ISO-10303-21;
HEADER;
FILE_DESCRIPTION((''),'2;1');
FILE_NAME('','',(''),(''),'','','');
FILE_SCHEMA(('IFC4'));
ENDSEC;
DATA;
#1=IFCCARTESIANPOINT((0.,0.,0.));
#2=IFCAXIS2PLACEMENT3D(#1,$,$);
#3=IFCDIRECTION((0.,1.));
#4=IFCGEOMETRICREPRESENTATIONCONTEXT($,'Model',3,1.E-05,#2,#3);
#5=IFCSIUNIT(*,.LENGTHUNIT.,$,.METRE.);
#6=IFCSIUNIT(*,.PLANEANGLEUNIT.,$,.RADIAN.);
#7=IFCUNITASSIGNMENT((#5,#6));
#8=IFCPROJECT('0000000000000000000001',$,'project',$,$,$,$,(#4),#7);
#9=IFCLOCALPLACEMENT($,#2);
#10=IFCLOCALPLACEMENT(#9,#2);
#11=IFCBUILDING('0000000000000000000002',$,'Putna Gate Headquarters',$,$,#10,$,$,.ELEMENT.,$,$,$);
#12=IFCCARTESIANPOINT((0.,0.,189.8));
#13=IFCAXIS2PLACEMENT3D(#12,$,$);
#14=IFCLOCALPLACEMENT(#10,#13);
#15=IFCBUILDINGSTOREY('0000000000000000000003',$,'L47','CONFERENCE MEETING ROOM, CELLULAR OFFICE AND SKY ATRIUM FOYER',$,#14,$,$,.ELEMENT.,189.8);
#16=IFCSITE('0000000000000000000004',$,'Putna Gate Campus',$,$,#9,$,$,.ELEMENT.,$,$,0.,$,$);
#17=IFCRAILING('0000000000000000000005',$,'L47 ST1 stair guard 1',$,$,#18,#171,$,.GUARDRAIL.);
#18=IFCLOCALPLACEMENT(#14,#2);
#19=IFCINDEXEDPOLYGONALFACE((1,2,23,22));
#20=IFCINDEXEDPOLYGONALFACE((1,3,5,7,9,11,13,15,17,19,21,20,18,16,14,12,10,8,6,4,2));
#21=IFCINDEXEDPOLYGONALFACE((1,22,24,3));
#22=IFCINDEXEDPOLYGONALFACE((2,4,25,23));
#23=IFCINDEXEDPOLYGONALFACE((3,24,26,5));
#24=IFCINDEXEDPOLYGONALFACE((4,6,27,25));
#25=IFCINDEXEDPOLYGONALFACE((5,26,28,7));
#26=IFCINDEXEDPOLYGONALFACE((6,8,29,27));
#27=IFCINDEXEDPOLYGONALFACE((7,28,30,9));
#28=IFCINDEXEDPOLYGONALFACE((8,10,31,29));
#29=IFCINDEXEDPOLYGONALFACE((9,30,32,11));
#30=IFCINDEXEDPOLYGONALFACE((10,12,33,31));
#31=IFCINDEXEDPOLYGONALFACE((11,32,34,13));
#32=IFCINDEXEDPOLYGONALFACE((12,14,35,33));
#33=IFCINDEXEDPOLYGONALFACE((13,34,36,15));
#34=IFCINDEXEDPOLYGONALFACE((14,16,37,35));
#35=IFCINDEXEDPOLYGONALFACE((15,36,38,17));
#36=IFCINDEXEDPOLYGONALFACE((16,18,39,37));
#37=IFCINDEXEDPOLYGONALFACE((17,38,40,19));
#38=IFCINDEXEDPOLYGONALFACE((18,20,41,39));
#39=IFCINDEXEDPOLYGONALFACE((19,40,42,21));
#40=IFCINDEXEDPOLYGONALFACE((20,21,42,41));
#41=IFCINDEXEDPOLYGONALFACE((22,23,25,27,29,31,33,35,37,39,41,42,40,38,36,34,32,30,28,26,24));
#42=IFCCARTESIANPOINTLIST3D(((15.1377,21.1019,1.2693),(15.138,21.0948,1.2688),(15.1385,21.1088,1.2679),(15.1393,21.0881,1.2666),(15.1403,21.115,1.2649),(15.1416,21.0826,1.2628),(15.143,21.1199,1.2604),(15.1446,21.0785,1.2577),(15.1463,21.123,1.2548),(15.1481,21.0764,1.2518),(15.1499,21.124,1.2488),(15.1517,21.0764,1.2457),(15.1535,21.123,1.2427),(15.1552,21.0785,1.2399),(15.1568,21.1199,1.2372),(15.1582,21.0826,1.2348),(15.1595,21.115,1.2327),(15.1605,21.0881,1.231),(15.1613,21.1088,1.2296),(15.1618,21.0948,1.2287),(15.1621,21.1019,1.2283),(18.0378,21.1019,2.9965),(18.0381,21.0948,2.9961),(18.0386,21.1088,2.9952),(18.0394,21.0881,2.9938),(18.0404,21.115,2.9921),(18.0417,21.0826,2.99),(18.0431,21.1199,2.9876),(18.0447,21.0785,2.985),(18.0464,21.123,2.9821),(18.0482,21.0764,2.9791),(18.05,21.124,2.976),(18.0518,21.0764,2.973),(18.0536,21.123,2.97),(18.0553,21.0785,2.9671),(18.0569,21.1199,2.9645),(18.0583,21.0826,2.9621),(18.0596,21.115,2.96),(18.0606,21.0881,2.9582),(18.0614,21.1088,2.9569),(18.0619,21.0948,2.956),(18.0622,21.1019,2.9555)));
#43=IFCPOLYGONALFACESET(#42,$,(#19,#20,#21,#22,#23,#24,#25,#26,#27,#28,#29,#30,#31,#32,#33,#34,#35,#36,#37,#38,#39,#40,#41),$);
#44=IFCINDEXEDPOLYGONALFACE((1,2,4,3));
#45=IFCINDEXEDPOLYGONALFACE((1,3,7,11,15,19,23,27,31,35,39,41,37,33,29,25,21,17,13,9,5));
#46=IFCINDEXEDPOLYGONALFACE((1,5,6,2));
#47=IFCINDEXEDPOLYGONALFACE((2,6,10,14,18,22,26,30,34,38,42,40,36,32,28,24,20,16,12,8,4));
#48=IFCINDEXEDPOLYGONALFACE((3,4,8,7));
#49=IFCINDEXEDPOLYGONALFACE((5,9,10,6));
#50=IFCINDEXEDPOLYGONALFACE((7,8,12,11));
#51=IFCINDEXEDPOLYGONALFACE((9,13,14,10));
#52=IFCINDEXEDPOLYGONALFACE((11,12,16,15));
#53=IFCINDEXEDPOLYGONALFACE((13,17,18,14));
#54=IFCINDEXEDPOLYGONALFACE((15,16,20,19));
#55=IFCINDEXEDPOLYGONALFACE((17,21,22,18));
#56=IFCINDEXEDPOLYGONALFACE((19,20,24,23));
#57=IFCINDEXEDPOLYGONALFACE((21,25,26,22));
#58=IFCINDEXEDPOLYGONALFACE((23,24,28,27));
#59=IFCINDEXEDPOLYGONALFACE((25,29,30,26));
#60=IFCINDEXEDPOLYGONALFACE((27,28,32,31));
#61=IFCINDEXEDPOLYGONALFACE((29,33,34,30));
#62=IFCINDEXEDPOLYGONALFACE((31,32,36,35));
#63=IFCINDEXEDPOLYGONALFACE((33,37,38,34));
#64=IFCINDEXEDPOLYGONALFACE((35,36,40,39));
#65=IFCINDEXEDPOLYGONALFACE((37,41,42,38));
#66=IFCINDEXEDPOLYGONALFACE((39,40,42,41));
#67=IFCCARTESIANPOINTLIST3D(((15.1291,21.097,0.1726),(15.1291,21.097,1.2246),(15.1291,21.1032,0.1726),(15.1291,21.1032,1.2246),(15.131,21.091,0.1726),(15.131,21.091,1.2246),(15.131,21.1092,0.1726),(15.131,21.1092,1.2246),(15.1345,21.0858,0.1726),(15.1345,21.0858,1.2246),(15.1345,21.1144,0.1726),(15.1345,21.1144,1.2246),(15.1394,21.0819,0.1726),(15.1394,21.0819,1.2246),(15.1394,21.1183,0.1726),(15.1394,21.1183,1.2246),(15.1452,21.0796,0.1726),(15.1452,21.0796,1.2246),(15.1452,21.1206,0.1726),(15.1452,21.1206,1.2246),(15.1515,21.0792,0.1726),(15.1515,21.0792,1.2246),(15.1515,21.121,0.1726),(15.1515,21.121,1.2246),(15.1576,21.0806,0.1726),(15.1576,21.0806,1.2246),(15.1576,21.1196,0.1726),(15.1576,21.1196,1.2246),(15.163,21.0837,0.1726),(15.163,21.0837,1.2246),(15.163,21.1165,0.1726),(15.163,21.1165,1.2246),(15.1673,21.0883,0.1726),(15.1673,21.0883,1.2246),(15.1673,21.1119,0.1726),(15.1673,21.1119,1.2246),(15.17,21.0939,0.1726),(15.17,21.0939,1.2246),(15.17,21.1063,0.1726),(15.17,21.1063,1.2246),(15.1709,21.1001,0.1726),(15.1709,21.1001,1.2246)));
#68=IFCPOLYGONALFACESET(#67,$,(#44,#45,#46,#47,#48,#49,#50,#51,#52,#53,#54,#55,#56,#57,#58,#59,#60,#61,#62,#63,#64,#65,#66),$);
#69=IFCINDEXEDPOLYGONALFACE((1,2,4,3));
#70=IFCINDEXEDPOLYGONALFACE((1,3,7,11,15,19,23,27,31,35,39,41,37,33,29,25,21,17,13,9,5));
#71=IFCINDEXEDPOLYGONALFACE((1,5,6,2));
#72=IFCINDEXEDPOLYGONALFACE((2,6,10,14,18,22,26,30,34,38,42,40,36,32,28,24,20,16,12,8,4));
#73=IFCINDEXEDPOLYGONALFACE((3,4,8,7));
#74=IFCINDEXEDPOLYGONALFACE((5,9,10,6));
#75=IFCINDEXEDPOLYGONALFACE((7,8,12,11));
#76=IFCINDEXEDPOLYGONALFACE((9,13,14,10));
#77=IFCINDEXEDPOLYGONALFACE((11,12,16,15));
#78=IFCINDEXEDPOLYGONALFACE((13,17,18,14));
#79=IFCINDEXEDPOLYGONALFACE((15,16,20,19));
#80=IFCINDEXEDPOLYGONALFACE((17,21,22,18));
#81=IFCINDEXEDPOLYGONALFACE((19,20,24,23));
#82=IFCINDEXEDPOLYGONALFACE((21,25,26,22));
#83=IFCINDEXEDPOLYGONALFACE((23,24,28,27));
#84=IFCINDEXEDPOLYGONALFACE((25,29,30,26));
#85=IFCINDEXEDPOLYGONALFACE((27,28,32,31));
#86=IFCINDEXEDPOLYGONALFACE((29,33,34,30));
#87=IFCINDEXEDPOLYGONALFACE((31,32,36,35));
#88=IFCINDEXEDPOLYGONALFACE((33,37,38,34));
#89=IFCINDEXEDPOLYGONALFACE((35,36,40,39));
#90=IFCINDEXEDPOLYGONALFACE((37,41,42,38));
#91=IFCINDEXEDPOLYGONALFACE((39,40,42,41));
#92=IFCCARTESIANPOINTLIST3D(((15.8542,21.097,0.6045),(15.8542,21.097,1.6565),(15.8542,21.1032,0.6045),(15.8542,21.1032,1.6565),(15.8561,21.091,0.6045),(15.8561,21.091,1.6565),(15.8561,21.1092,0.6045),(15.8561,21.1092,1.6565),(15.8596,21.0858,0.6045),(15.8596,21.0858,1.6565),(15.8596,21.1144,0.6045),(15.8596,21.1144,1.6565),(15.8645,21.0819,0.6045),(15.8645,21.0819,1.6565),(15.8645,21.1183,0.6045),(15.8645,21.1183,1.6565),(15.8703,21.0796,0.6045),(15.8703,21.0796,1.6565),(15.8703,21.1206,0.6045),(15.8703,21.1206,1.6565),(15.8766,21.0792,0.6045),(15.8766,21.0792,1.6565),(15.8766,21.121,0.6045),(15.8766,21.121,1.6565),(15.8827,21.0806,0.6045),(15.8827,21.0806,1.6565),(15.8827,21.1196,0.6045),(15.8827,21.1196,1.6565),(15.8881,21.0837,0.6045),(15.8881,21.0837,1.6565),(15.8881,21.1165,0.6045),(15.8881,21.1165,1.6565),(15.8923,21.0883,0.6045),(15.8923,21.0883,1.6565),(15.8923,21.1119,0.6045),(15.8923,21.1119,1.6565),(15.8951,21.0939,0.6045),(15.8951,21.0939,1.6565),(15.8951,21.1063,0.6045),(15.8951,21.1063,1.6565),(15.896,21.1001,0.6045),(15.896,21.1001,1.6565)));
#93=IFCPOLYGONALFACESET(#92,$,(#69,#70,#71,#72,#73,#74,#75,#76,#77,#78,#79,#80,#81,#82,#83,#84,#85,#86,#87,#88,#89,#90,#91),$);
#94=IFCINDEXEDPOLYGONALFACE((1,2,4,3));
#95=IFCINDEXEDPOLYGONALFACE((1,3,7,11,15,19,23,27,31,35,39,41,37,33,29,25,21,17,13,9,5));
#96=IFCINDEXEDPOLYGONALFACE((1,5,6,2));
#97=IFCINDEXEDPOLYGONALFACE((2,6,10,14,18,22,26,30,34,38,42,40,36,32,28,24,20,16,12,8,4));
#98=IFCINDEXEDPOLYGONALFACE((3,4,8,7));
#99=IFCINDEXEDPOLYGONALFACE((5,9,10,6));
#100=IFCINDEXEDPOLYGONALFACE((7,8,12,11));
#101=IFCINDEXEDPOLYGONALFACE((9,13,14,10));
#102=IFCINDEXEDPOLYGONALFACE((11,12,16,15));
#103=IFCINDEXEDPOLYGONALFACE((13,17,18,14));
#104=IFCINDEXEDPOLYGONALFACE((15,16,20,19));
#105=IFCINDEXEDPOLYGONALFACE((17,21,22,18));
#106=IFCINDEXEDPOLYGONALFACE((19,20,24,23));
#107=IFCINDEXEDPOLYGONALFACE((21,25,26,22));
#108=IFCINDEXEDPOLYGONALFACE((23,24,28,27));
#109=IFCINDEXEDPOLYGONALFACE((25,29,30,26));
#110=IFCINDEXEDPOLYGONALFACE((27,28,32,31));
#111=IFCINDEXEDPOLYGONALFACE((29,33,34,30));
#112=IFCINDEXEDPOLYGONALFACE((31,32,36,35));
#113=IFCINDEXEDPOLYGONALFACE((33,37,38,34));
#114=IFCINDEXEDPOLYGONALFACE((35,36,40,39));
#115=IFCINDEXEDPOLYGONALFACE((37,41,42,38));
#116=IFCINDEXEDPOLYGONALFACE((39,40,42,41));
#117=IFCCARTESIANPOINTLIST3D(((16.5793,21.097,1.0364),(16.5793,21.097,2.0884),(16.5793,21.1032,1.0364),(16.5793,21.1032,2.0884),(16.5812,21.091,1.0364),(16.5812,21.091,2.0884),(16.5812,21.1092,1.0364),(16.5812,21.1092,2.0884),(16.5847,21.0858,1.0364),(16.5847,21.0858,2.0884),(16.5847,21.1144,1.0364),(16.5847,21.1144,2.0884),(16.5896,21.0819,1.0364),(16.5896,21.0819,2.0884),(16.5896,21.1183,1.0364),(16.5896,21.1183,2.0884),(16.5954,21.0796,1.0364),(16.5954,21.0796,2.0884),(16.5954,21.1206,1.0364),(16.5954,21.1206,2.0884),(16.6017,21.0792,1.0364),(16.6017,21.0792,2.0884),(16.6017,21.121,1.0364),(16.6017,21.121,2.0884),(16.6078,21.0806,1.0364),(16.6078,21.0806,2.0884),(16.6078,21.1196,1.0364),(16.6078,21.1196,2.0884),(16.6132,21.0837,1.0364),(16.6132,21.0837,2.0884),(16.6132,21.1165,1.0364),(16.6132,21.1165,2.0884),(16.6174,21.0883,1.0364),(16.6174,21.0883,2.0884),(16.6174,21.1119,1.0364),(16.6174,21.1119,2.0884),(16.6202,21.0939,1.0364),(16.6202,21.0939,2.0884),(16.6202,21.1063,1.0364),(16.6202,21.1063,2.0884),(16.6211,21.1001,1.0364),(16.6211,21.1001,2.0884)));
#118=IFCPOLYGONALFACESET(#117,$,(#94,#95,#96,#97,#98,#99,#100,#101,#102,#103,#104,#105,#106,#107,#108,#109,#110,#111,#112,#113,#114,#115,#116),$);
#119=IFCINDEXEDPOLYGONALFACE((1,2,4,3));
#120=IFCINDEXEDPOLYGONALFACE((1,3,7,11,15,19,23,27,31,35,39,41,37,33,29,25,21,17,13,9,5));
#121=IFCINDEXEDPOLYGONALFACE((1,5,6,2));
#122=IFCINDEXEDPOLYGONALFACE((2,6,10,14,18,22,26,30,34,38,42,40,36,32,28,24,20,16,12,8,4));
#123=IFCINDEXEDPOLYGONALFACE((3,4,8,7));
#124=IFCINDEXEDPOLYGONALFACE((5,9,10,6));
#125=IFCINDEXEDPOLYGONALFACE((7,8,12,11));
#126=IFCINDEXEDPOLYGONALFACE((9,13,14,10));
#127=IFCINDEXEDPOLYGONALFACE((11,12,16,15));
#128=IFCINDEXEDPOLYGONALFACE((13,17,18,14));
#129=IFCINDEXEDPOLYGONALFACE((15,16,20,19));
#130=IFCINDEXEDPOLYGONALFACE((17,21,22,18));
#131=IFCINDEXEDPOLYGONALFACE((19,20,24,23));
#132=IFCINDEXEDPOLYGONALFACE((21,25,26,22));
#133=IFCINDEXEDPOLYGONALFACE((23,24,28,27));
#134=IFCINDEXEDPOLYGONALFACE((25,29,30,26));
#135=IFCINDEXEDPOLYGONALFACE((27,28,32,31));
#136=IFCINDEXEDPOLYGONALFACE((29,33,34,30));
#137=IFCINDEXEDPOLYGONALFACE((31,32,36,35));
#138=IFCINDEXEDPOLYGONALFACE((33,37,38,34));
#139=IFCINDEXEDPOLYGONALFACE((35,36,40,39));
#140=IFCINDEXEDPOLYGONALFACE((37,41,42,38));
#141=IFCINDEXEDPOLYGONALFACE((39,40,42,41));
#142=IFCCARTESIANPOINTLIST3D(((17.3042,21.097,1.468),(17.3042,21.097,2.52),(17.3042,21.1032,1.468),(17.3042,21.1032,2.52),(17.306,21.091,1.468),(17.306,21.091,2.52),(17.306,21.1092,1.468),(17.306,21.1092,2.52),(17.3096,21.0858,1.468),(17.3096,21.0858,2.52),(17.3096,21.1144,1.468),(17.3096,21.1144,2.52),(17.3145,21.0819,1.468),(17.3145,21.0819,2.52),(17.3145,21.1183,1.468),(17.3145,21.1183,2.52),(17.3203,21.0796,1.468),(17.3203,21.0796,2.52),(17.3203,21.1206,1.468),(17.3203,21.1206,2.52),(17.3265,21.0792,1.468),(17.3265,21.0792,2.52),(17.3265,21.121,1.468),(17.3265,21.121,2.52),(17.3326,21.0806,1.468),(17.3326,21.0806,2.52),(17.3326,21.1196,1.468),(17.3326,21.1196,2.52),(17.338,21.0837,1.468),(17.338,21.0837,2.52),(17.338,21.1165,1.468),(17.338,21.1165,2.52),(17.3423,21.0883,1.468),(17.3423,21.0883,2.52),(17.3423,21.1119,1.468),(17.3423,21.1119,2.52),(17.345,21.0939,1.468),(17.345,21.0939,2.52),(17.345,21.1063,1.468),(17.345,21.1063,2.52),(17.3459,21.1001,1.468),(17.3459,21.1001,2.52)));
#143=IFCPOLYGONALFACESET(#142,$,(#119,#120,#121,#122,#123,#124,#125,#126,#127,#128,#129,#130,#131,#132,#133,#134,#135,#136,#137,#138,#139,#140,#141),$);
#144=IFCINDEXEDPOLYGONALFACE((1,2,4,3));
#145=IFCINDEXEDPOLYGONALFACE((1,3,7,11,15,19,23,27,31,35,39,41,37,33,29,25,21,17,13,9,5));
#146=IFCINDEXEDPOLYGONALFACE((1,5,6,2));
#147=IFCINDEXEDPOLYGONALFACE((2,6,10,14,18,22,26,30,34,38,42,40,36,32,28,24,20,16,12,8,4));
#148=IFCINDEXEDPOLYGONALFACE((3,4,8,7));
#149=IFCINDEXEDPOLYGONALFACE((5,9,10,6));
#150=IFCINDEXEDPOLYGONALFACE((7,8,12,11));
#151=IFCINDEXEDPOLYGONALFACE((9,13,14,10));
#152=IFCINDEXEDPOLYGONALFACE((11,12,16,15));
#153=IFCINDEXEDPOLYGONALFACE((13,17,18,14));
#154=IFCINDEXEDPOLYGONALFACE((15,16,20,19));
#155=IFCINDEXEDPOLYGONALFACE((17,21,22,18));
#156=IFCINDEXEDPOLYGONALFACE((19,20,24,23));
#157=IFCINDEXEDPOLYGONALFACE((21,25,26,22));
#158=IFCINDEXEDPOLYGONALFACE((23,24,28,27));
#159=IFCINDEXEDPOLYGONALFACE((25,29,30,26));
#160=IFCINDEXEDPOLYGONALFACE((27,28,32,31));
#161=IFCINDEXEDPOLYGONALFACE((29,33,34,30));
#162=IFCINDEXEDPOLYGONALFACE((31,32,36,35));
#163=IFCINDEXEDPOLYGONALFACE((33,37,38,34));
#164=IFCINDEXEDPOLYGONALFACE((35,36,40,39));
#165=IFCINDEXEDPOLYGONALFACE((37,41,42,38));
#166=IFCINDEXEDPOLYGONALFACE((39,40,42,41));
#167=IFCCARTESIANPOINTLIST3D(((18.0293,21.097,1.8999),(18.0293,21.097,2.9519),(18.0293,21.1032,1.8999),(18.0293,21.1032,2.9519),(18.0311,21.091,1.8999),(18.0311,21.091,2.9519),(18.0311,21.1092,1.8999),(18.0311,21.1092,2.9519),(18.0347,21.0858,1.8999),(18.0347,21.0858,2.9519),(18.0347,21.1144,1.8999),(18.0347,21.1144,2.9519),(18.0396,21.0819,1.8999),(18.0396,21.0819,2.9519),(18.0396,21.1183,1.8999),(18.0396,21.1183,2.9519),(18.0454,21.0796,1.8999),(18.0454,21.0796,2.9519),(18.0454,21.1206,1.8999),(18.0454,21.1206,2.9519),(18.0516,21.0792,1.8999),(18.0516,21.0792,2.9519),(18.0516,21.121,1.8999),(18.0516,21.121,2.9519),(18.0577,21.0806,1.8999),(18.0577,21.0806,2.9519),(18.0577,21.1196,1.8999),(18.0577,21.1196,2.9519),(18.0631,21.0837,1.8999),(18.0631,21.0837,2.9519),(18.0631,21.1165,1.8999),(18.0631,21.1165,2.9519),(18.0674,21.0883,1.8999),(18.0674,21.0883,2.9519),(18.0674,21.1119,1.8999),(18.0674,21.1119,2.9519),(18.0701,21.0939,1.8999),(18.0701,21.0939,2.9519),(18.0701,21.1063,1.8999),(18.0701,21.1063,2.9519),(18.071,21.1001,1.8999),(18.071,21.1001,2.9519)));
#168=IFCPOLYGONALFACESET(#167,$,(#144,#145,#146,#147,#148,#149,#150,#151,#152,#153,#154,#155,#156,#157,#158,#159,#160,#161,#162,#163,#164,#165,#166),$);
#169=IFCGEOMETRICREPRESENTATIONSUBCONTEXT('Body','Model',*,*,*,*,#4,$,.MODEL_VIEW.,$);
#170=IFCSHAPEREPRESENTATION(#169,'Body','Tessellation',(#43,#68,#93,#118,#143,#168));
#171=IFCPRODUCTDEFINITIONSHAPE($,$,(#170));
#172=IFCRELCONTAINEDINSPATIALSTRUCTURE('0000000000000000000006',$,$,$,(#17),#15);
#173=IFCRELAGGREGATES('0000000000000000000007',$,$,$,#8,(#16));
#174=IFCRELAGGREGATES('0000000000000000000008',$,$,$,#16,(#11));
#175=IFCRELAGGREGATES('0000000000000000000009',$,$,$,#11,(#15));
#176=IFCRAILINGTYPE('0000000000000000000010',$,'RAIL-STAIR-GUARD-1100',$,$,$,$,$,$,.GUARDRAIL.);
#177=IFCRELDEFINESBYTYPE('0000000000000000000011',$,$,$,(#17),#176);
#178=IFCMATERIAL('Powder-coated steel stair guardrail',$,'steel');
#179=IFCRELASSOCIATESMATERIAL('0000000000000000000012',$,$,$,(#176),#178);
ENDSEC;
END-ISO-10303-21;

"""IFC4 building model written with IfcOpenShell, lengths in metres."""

from ifc_helpers import new_model, si_unit, direction, frame, origin, origin_2d, place, context, subcontext, project, spatial, circle, extrude, material, type_object, element, save


model = new_model("IFC4")

# Units and contexts
model_context = context("Model", 3, precision=1e-05, world=origin(), true_north=direction((0.0, 1.0)))
body_context = subcontext(model_context, "Body", "Model", "MODEL_VIEW")
ifc_project = project(units=[si_unit("LENGTHUNIT", "METRE"), si_unit("PLANEANGLEUNIT", "RADIAN")], contexts=[model_context])

# Site, building, storey
site_placement = place(None, origin())
site = spatial("IfcSite", under=ifc_project, at=site_placement, Name="Putna Gate Campus", CompositionType="ELEMENT", RefElevation=0.0)
building_placement = place(site_placement, origin())
building = spatial("IfcBuilding", under=site, at=building_placement, Name="Putna Gate Headquarters", CompositionType="ELEMENT")
storey_placement = place(building_placement, frame((0.0, 0.0, 189.8)))
storey = spatial("IfcBuildingStorey", under=building, at=storey_placement, Name="L47", Description="CONFERENCE MEETING ROOM, CELLULAR OFFICE AND SKY ATRIUM FOYER", CompositionType="ELEMENT", Elevation=189.8)

# Railing
ifc_material_1 = material(Name="Powder-coated steel stair guardrail", Category="steel")
railing_type_1 = type_object("IfcRailingType", Name="RAIL-STAIR-GUARD-1100", PredefinedType="GUARDRAIL", material=ifc_material_1)
railing_1_placement = place(storey_placement, frame((15.1499, 21.1001, 0.1726)))
element("IfcRailing", 1, at=railing_1_placement, inside=storey, type_object=railing_type_1, Name="L47 ST1 stair guard 1", PredefinedType="GUARDRAIL", context=body_context, shape_type="SweptSolid", body=[
    extrude(circle(Radius=0.0239, at=origin_2d()), frame((0.0, 0.0, 1.0762), z_axis=(0.85916, 0.0, 0.511706), x_axis=(0.0, 1.0, 0.0)), (0.0, 0.0, 1.0), 3.3755),
    extrude(circle(Radius=0.021, at=origin_2d()), origin(), (0.0, 0.0, 1.0), 1.052),
    extrude(circle(Radius=0.021, at=origin_2d()), frame((0.7251, 0.0, 0.4319)), (0.0, 0.0, 1.0), 1.052),
    extrude(circle(Radius=0.021, at=origin_2d()), frame((1.4502, 0.0, 0.8638)), (0.0, 0.0, 1.0), 1.052),
    extrude(circle(Radius=0.021, at=origin_2d()), frame((2.175, 0.0, 1.2954)), (0.0, 0.0, 1.0), 1.052),
    extrude(circle(Radius=0.021, at=origin_2d()), frame((2.9001, 0.0, 1.7273)), (0.0, 0.0, 1.0), 1.052),
])

save(model, "model.ifc")
